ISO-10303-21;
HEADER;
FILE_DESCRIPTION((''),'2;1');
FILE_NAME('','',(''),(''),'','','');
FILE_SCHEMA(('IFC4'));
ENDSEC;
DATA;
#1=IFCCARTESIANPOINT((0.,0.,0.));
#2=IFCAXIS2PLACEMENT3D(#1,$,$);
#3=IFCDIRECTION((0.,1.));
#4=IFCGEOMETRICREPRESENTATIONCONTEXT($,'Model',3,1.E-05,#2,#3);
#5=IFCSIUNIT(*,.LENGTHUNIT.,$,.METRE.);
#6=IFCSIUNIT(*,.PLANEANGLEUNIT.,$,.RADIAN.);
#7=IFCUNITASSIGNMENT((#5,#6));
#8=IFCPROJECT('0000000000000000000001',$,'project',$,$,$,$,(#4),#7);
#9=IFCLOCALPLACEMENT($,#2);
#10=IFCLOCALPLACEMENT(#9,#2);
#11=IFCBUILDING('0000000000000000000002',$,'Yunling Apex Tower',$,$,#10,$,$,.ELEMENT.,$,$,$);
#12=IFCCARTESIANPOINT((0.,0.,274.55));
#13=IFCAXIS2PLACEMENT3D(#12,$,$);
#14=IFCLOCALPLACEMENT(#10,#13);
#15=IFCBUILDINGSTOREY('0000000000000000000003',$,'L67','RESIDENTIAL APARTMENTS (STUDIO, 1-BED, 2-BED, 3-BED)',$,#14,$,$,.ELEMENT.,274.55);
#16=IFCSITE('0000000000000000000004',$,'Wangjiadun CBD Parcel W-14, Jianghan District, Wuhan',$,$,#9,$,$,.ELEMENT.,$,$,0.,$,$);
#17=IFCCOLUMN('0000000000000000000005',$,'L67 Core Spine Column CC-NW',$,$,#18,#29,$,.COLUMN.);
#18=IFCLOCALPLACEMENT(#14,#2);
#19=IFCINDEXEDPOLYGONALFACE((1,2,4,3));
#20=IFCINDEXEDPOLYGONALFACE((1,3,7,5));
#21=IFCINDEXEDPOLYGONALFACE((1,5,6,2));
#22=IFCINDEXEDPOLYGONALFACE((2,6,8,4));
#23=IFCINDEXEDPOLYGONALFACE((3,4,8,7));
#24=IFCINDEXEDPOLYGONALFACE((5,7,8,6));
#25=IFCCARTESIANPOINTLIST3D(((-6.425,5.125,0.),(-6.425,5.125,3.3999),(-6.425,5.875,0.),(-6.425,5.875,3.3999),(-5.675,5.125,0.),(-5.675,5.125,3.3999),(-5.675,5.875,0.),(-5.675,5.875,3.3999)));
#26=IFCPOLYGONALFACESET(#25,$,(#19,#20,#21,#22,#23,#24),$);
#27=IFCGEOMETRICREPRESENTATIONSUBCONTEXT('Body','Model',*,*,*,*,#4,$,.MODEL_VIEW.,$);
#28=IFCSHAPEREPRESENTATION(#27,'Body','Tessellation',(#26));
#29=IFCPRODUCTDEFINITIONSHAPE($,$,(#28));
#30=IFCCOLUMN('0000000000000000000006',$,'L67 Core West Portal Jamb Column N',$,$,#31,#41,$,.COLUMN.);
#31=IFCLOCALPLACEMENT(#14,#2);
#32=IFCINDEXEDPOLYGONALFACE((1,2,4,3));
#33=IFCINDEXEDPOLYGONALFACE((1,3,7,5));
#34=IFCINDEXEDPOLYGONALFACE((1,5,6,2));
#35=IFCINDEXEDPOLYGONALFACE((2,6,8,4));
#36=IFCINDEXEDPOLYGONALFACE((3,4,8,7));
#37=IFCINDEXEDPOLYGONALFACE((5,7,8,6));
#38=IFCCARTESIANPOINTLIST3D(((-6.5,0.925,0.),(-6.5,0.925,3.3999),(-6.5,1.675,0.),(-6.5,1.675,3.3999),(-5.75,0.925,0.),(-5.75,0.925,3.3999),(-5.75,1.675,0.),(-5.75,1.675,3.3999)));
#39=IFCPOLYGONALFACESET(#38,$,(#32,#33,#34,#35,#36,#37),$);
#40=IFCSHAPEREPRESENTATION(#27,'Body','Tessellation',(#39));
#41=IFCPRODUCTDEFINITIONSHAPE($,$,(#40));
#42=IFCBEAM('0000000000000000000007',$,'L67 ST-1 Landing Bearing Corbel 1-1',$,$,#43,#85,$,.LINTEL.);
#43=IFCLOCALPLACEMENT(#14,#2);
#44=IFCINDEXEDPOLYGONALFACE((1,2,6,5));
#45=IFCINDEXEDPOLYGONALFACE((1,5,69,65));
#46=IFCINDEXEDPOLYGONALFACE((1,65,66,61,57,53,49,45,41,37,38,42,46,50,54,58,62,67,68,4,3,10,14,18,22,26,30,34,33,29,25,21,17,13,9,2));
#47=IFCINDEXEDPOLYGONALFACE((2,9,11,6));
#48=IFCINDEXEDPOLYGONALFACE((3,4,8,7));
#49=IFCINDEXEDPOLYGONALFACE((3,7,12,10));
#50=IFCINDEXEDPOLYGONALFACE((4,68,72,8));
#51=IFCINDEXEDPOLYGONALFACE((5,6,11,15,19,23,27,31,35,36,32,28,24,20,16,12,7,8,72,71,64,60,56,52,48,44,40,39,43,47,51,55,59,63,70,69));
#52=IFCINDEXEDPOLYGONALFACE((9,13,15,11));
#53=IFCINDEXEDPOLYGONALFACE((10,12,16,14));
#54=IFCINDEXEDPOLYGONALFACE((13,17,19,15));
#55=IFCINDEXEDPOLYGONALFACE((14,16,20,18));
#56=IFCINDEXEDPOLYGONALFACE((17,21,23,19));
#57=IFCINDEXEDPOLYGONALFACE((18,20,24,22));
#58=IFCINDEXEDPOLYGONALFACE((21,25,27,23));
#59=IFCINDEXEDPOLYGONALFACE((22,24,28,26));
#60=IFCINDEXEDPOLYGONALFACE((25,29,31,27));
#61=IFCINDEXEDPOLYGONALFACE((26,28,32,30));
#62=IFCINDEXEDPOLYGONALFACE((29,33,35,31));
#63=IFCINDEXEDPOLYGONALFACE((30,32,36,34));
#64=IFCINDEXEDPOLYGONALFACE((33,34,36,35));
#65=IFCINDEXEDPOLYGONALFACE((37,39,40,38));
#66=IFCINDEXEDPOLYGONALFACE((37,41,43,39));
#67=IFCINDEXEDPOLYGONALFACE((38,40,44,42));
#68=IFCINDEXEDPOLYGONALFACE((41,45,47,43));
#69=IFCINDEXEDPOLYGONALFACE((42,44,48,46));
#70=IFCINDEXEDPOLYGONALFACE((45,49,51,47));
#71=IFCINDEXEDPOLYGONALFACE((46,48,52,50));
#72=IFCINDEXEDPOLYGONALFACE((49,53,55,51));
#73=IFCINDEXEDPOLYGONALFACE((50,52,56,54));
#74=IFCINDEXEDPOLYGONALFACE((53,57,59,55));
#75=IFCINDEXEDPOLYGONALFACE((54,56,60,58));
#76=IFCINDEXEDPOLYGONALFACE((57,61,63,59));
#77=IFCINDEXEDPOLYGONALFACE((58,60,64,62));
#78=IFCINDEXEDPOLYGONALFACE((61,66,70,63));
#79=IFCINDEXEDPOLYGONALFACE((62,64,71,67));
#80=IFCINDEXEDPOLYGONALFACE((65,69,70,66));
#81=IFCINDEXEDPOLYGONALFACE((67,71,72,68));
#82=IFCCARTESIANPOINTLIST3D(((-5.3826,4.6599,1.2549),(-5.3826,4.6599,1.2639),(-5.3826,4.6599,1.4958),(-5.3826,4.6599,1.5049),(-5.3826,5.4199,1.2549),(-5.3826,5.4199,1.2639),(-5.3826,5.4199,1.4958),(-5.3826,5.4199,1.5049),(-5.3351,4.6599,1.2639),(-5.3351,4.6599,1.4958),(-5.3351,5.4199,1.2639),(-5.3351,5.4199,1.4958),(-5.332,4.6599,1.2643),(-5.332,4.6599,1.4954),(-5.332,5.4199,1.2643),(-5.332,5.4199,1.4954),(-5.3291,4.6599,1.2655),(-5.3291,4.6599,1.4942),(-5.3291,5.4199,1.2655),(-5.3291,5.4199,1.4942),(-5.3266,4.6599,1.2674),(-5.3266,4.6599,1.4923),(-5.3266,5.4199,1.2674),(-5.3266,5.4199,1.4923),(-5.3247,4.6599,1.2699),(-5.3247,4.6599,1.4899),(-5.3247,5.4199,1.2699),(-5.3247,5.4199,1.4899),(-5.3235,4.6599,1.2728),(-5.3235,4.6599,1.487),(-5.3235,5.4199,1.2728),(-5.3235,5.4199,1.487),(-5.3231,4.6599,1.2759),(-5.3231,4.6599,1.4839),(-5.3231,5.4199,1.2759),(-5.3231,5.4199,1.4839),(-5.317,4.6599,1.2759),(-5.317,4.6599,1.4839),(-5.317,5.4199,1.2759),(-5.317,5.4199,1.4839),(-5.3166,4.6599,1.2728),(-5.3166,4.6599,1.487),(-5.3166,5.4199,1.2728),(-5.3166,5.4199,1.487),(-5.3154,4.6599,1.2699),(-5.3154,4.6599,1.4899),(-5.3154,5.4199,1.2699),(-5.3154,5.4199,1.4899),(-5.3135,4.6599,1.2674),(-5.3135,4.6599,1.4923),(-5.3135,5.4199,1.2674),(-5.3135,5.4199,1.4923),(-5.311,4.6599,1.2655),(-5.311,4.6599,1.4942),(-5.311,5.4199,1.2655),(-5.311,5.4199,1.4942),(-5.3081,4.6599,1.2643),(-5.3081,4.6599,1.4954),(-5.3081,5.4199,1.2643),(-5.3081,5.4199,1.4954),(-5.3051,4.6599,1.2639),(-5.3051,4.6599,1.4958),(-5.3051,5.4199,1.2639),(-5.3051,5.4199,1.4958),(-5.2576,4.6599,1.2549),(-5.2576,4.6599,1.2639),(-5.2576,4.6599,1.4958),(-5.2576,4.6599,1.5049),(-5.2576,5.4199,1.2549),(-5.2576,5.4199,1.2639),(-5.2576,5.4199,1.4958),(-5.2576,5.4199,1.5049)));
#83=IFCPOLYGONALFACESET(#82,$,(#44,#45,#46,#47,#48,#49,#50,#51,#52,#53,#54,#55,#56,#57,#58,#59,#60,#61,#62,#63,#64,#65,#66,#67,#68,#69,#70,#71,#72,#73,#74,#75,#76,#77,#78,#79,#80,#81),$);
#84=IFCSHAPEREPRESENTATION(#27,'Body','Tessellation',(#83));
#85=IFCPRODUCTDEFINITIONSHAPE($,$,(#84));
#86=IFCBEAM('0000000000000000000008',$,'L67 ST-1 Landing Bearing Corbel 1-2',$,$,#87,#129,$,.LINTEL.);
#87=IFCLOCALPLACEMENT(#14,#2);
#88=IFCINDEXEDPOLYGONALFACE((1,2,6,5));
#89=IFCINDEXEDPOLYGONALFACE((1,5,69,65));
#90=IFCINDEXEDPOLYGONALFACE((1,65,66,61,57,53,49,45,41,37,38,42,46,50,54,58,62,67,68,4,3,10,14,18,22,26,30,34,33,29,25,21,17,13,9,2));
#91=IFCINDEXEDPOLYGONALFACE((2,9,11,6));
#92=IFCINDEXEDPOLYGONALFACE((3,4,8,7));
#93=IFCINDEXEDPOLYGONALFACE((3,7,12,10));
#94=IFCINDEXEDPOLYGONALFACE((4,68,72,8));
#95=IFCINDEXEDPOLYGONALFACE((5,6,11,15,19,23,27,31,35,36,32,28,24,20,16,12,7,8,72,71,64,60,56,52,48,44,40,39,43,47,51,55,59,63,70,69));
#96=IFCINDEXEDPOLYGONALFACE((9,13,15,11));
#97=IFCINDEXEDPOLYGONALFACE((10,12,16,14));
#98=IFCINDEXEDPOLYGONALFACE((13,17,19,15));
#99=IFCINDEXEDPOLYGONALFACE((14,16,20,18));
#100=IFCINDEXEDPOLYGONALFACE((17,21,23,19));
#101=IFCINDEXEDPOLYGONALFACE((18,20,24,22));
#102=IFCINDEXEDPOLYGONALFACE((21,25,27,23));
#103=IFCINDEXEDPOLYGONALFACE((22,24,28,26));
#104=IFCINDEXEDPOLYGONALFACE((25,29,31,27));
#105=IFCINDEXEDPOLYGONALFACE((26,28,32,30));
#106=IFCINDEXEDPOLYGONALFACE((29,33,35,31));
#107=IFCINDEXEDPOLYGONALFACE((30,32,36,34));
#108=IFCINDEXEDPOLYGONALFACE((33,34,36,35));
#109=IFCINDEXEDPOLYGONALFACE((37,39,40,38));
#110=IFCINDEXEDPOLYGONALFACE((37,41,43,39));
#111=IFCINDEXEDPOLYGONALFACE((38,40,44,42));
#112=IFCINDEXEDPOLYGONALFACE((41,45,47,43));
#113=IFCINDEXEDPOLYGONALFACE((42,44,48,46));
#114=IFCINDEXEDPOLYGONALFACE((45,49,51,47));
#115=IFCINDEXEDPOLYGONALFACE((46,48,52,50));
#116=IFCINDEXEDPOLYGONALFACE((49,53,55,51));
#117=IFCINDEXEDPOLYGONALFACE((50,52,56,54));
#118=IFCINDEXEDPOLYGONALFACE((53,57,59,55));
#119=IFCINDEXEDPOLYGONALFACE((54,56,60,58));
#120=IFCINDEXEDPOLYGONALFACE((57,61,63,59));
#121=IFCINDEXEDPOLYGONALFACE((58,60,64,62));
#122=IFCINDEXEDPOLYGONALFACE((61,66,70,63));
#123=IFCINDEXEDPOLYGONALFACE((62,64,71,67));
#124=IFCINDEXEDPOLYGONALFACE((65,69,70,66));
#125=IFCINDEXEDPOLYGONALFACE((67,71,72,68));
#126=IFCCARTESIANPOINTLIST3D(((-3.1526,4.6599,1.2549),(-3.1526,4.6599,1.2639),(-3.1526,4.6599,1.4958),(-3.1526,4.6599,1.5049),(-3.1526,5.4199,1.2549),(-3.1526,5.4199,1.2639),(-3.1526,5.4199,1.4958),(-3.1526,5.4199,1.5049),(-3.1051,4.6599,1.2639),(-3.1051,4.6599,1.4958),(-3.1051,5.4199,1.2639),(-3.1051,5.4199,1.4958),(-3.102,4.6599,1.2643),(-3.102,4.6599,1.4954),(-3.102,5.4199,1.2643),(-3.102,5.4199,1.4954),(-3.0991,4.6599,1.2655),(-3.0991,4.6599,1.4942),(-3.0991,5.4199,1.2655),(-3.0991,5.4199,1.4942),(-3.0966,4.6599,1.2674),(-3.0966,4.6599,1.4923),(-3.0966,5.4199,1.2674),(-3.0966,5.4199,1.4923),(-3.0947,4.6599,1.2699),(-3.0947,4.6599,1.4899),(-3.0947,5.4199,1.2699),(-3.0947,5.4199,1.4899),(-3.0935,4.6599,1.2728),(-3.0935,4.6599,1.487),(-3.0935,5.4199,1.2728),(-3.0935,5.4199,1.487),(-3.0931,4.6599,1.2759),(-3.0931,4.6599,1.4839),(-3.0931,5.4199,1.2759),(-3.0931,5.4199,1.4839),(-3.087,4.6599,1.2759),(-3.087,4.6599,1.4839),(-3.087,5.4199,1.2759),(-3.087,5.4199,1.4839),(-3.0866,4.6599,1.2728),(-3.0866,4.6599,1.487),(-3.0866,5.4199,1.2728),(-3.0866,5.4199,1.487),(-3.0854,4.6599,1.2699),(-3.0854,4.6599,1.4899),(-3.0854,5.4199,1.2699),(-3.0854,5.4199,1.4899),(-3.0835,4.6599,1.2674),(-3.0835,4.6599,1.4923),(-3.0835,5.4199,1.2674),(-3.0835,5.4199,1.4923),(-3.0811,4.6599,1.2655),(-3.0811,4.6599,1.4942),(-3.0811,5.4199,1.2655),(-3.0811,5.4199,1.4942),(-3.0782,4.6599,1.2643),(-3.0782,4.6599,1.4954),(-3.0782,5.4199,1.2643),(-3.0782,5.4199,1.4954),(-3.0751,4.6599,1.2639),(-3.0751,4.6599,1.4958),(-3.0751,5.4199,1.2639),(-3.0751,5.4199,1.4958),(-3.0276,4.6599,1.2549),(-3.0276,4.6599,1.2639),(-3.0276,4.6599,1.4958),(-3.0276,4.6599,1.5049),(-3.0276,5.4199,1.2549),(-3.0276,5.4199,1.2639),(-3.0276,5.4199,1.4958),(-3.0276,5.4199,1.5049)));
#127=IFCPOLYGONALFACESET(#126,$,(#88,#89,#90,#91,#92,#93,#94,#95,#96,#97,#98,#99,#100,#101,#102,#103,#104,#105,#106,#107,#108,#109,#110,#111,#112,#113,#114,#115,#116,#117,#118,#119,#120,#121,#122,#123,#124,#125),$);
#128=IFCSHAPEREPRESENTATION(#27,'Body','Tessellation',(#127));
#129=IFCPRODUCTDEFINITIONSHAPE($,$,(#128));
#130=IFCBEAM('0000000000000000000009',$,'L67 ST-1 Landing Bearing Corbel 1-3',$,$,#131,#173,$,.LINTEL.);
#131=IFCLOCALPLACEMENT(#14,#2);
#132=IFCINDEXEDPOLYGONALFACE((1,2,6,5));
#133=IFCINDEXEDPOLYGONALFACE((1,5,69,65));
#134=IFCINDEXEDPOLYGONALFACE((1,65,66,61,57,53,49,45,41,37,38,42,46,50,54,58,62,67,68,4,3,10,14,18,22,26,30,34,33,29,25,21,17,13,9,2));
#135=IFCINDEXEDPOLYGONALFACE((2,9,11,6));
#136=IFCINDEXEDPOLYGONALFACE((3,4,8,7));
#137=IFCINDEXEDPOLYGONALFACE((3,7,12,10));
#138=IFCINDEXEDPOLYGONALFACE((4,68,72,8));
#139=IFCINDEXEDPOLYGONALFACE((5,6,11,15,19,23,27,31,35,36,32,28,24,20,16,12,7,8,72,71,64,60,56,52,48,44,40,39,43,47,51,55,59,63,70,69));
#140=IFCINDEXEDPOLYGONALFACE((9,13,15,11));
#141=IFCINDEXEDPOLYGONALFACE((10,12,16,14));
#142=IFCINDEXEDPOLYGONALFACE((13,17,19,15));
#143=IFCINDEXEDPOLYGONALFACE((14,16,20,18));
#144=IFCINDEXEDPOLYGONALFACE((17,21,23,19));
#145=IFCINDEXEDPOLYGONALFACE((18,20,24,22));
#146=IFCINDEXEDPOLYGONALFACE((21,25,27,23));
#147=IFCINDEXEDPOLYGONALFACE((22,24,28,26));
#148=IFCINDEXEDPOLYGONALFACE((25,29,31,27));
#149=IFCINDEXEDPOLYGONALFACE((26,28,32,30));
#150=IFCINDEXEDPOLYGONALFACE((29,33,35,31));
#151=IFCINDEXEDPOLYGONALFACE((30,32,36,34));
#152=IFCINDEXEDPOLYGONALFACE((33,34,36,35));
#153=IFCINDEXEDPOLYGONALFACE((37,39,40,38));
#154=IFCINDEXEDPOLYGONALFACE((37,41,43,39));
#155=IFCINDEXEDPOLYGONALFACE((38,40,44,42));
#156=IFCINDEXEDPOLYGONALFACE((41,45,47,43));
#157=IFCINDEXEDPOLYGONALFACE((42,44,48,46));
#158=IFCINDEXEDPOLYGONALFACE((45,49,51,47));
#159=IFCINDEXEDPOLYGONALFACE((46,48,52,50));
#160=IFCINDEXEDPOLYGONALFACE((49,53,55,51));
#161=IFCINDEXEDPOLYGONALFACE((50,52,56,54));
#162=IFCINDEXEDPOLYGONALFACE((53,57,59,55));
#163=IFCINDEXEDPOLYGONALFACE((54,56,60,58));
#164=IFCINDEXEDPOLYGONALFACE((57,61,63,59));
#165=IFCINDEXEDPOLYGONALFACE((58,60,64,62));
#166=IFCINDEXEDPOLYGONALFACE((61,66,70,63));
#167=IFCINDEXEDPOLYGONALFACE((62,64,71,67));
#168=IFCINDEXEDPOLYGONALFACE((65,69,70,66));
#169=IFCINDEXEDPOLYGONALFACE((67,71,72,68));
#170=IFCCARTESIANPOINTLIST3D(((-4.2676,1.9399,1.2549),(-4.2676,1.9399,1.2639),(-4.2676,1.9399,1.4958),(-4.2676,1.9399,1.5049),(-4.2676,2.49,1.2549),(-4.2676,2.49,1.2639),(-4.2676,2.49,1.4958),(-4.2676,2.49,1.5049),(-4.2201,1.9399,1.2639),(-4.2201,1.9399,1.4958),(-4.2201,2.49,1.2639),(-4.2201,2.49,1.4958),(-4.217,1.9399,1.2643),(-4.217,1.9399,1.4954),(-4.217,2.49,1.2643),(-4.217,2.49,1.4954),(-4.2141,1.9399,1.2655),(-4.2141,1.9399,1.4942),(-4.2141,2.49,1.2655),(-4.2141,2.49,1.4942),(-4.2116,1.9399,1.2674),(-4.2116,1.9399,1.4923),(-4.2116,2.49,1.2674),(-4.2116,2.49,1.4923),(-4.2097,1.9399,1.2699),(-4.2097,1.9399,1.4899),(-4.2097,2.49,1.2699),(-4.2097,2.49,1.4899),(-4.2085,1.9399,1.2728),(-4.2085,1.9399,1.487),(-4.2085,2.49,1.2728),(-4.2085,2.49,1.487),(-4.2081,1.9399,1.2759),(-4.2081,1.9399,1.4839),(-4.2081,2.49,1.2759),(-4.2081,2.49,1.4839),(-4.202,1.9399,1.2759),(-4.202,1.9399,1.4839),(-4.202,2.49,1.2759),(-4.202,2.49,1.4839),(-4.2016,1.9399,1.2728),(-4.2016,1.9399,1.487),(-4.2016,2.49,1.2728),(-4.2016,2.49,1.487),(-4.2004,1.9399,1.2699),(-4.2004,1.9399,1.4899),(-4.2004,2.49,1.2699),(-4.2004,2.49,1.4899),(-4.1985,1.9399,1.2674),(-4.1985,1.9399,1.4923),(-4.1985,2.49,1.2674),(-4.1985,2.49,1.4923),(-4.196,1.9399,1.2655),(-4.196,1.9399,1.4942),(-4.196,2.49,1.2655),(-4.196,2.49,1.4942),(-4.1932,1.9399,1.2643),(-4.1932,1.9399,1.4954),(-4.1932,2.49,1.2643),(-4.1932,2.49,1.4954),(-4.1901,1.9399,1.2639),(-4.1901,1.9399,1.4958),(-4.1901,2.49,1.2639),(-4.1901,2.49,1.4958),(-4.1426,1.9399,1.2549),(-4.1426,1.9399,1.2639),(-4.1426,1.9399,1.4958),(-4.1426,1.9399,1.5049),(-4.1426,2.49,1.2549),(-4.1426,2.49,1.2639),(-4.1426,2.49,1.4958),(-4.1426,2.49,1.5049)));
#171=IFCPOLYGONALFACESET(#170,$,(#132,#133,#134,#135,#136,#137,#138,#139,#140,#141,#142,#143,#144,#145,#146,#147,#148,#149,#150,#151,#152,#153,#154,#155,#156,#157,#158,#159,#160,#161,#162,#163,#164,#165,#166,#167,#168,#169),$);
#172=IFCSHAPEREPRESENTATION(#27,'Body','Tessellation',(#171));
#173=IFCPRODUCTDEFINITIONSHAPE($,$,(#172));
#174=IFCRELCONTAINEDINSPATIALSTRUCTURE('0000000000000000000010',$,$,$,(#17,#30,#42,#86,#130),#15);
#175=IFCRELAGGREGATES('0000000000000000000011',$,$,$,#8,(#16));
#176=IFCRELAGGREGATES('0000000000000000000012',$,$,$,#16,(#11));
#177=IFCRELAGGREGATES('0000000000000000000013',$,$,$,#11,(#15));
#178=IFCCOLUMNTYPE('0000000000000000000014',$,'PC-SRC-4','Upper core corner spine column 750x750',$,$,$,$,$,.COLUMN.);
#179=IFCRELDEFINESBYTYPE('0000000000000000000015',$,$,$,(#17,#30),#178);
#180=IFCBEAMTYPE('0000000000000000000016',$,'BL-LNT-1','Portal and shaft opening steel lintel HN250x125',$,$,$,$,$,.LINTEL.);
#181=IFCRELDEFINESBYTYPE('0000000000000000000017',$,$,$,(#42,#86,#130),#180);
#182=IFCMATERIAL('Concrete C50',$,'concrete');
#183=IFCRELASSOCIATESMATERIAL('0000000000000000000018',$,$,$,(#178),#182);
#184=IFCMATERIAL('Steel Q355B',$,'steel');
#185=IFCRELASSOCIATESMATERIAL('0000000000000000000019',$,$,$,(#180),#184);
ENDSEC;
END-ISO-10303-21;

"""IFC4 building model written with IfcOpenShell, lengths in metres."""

from ifc_helpers import new_model, si_unit, direction, frame, origin, origin_2d, place, context, subcontext, project, spatial, rectangle, i_section, extrude, source, transform, mapped, material, material_profile, profile_set, type_object, element, save


model = new_model("IFC4")

# Units and contexts
model_context = context("Model", 3, precision=1e-05, world=origin(), true_north=direction((0.0, 1.0)))
body_context = subcontext(model_context, "Body", "Model", "MODEL_VIEW")
ifc_project = project(units=[si_unit("LENGTHUNIT", "METRE"), si_unit("PLANEANGLEUNIT", "RADIAN")], contexts=[model_context])

# Site, building, storey
site_placement = place(None, origin())
site = spatial("IfcSite", under=ifc_project, at=site_placement, Name="Wangjiadun CBD Parcel W-14, Jianghan District, Wuhan", CompositionType="ELEMENT", RefElevation=0.0)
building_placement = place(site_placement, origin())
building = spatial("IfcBuilding", under=site, at=building_placement, Name="Yunling Apex Tower", CompositionType="ELEMENT")
storey_placement = place(building_placement, frame((0.0, 0.0, 274.55)))
storey = spatial("IfcBuildingStorey", under=building, at=storey_placement, Name="L67", Description="RESIDENTIAL APARTMENTS (STUDIO, 1-BED, 2-BED, 3-BED)", CompositionType="ELEMENT", Elevation=274.55)

# Columns
ifc_material_1 = material(Name="Concrete C50", Category="concrete")
ifc_material_profile_1 = material_profile(ifc_material_1, rectangle(XDim=0.75, YDim=0.75, at=origin_2d()))
ifc_profile_set_1 = profile_set([ifc_material_profile_1], Name="Concrete C50")
column_type = type_object("IfcColumnType", Name="PC-SRC-4", Description="Upper core corner spine column 750x750", PredefinedType="COLUMN", material=ifc_profile_set_1)
shared_shape_1 = source(origin(), body_context, "Body", "SweptSolid", [
    extrude(rectangle(XDim=0.75, YDim=0.75, at=origin_2d()), origin(), (0.0, 0.0, 1.0), 3.3999),
])
for number, where, z_axis, x_axis, name in (
    (1, (-6.05, 5.5, 0.0), (0.0, 0.0, 1.0), (1.0, 0.0, 0.0), "L67 Core Spine Column CC-NW"),
    (2, (-6.125, 1.3, 0.0), (0.0, 0.0, 1.0), (1.0, 0.0, 0.0), "L67 Core West Portal Jamb Column N"),
):
    element("IfcColumn", number, at=place(storey_placement, frame(where, z_axis=z_axis, x_axis=x_axis)), inside=storey, type_object=column_type, Name=name, PredefinedType="COLUMN", context=body_context, shape_type="MappedRepresentation", body=[
        mapped(shared_shape_1, transform((0.0, 0.0, 0.0), scale=1.0)),
    ])

# Beams
ifc_material_2 = material(Name="Steel Q355B", Category="steel")
ifc_material_profile_2 = material_profile(ifc_material_2, i_section(OverallWidth=0.125, OverallDepth=0.25, WebThickness=0.0061, FlangeThickness=0.009, FilletRadius=0.012, at=origin_2d()))
ifc_profile_set_2 = profile_set([ifc_material_profile_2], Name="Steel Q355B")
beam_type_1 = type_object("IfcBeamType", Name="BL-LNT-1", Description="Portal and shaft opening steel lintel HN250x125", PredefinedType="LINTEL", material=ifc_profile_set_2)
shared_shape_2 = source(origin(), body_context, "Body", "SweptSolid", [
    extrude(i_section(OverallWidth=0.125, OverallDepth=0.25, WebThickness=0.0061, FlangeThickness=0.009, FilletRadius=0.012, at=origin_2d()), origin(), (0.0, 0.0, 1.0), 0.76),
])
for number, where, z_axis, x_axis, name in (
    (3, (-5.3201, 5.4199, 1.3799), (0.0, -1.0, 0.0), (1.0, 0.0, 0.0), "L67 ST-1 Landing Bearing Corbel 1-1"),
    (4, (-3.0901, 5.4199, 1.3799), (0.0, -1.0, 0.0), (1.0, 0.0, 0.0), "L67 ST-1 Landing Bearing Corbel 1-2"),
):
    element("IfcBeam", number, at=place(storey_placement, frame(where, z_axis=z_axis, x_axis=x_axis)), inside=storey, type_object=beam_type_1, Name=name, PredefinedType="LINTEL", context=body_context, shape_type="MappedRepresentation", body=[
        mapped(shared_shape_2, transform((0.0, 0.0, 0.0), scale=1.0)),
    ])
shared_shape_3 = source(origin(), body_context, "Body", "SweptSolid", [
    extrude(i_section(OverallWidth=0.125, OverallDepth=0.25, WebThickness=0.0061, FlangeThickness=0.009, FilletRadius=0.012, at=origin_2d()), origin(), (0.0, 0.0, 1.0), 0.55),
])
beam_1_placement = place(storey_placement, frame((-4.2051, 1.9399, 1.3799), z_axis=(0.0, 1.0, 0.0), x_axis=(-1.0, 0.0, 0.0)))
element("IfcBeam", 5, at=beam_1_placement, inside=storey, type_object=beam_type_1, Name="L67 ST-1 Landing Bearing Corbel 1-3", PredefinedType="LINTEL", context=body_context, shape_type="MappedRepresentation", body=[
    mapped(shared_shape_3, transform((0.0, 0.0, 0.0), scale=1.0)),
])

save(model, "model.ifc")
